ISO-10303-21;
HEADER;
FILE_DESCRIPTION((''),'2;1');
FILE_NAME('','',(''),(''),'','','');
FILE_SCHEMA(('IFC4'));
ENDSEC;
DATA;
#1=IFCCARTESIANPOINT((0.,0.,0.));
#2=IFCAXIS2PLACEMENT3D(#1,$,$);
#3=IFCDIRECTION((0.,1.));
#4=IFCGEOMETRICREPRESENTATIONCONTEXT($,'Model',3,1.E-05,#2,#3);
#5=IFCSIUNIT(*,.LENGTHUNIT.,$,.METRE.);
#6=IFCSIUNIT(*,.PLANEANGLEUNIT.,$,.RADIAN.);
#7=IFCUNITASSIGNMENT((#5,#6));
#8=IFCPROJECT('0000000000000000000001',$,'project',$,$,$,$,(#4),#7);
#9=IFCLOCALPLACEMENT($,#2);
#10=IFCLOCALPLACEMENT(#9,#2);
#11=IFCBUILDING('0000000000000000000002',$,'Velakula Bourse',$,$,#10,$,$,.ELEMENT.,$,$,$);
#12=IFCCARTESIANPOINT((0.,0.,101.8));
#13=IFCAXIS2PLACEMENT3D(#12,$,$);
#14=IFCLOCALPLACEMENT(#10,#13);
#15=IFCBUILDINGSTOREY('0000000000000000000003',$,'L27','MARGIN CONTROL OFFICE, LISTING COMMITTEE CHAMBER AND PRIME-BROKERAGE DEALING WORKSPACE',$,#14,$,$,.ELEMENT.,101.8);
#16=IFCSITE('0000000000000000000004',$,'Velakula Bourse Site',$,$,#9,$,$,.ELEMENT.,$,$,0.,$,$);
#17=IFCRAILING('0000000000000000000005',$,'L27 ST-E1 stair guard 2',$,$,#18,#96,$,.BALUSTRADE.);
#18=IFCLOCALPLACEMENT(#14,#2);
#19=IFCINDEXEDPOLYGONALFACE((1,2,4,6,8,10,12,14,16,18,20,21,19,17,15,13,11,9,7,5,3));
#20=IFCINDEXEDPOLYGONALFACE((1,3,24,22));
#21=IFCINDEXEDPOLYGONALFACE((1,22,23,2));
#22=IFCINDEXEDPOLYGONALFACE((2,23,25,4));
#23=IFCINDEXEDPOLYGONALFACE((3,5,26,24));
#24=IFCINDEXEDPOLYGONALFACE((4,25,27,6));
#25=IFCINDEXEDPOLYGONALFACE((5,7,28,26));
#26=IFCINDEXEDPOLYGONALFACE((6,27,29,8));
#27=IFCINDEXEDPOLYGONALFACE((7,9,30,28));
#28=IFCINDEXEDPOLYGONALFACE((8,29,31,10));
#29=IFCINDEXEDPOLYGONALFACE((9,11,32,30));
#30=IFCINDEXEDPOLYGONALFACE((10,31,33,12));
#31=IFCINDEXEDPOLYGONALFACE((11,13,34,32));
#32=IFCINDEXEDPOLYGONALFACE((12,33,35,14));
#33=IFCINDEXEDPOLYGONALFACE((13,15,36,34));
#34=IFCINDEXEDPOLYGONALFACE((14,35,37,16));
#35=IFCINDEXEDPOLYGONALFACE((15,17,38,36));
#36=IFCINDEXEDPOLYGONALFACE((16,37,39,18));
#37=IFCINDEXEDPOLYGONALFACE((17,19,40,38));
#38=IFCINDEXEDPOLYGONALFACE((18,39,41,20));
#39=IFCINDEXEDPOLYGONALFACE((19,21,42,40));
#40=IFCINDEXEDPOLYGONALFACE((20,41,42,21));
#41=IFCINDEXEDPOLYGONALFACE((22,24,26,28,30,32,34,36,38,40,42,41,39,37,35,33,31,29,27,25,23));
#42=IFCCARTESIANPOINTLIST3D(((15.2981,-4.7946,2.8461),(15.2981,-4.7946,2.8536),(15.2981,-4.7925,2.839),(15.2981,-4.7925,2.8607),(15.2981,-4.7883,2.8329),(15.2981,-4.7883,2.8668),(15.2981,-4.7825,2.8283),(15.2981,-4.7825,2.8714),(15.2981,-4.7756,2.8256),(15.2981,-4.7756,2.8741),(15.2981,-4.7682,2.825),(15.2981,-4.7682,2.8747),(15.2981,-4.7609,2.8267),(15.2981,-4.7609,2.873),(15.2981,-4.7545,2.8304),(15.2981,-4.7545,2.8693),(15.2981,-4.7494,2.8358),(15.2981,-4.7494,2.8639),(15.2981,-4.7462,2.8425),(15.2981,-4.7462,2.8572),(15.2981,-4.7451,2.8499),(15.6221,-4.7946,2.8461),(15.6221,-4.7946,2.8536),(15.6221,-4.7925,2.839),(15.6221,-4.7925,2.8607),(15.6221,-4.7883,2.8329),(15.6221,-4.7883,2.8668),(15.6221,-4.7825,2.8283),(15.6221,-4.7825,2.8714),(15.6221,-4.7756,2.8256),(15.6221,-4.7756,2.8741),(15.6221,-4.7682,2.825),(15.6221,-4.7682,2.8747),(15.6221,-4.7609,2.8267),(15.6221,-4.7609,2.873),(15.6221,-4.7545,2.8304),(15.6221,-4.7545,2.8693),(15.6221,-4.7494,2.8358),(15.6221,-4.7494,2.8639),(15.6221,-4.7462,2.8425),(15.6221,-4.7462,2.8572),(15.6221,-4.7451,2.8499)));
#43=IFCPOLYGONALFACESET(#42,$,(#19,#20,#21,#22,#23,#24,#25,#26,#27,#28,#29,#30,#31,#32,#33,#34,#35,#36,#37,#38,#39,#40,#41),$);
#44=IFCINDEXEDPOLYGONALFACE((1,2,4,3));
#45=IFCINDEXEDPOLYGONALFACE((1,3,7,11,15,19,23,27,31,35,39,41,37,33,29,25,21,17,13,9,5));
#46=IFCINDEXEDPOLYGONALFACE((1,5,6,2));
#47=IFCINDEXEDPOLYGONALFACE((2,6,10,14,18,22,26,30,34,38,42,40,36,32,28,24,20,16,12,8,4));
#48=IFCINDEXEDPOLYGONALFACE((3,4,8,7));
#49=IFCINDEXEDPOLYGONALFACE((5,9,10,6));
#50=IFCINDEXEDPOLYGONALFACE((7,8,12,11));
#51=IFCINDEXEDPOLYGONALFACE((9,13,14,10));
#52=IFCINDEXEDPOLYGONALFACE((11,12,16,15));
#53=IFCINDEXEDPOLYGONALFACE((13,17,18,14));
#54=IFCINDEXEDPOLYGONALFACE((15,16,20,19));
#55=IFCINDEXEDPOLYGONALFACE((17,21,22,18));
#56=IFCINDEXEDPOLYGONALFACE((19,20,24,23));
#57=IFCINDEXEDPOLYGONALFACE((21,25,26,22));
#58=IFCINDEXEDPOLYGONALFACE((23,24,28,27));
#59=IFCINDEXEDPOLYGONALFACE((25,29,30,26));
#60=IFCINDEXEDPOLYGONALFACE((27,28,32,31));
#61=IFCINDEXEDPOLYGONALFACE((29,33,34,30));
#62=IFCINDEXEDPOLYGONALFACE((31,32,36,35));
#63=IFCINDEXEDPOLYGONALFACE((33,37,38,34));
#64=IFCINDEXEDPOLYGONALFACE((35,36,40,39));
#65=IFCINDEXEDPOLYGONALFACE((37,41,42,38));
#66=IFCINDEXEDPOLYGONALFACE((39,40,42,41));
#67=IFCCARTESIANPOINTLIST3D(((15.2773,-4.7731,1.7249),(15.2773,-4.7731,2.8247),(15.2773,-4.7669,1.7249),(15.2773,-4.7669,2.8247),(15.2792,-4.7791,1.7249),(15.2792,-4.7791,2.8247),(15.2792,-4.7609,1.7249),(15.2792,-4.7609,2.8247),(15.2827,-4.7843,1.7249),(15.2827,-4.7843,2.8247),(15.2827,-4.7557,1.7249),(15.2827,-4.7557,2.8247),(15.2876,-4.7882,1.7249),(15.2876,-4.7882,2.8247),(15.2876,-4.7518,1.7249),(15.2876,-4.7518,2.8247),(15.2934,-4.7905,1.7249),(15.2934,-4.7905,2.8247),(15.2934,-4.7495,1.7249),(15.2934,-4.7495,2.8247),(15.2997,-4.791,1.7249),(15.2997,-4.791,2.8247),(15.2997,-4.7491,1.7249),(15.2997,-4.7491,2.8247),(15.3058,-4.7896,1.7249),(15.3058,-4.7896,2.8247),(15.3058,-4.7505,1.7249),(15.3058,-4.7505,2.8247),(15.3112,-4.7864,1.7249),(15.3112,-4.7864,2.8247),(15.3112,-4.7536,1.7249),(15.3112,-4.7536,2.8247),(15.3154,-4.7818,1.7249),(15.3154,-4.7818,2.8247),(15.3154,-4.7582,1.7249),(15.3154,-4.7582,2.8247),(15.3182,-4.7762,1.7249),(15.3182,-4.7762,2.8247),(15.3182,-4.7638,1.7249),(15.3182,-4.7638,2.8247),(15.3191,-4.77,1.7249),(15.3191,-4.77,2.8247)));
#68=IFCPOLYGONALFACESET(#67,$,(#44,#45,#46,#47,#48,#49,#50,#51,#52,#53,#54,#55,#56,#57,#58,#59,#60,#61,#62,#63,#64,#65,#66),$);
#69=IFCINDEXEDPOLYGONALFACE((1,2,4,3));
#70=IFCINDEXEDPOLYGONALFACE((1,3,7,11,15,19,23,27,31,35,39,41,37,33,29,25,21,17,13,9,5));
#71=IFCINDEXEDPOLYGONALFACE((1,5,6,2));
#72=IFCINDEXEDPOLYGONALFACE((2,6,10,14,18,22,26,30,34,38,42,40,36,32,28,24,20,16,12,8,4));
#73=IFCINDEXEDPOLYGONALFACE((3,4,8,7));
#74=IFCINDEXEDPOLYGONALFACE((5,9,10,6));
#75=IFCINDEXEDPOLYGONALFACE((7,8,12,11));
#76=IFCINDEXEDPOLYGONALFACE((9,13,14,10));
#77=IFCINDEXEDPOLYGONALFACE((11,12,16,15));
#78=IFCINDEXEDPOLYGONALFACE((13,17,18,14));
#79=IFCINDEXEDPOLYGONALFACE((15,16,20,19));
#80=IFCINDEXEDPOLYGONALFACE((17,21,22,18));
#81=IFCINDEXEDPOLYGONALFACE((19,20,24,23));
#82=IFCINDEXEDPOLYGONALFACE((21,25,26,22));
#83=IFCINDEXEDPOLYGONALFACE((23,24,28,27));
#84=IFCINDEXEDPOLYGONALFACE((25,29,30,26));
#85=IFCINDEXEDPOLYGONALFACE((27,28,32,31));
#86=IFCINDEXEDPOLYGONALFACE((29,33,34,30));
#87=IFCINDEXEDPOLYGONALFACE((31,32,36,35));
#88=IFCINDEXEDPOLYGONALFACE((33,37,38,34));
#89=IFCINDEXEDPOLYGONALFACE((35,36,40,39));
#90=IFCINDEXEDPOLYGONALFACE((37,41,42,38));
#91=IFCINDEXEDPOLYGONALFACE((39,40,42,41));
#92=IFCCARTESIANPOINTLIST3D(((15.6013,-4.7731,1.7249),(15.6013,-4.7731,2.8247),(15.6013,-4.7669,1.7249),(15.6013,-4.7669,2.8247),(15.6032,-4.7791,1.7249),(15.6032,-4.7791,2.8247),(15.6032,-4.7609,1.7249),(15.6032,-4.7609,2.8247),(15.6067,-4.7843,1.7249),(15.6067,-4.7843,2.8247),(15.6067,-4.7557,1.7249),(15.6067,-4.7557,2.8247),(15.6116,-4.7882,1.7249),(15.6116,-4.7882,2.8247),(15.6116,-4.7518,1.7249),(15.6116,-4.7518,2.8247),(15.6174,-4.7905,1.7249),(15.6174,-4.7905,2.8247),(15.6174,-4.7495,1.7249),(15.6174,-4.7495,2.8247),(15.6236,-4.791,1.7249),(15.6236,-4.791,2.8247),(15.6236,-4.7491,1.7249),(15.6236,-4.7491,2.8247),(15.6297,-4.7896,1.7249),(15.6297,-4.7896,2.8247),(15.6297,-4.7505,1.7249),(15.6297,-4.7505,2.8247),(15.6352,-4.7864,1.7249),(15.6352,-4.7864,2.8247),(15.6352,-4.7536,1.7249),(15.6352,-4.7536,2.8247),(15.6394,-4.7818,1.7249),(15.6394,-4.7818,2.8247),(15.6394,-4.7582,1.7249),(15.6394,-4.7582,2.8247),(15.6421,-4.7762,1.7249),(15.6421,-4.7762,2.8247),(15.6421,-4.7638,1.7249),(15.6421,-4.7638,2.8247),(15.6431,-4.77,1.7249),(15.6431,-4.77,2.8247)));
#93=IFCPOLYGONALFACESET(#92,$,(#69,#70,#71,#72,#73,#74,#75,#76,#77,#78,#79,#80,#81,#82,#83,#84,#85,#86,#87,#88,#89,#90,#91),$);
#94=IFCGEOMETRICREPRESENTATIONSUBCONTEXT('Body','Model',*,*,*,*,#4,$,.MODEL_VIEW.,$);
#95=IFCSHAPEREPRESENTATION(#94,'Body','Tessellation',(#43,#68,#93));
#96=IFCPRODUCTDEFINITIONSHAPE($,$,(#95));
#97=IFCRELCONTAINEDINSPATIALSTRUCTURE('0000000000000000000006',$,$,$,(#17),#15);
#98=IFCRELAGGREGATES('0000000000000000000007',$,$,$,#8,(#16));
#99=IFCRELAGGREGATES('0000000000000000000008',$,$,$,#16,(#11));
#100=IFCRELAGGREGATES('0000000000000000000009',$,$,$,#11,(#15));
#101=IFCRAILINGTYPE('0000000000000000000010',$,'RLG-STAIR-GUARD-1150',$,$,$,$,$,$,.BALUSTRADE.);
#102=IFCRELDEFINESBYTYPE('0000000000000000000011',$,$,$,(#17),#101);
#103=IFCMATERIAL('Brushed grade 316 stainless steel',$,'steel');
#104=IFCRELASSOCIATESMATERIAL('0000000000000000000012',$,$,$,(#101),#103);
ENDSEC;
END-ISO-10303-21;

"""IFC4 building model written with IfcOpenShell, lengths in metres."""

from ifc_helpers import new_model, si_unit, direction, frame, origin, origin_2d, place, context, subcontext, project, spatial, circle, extrude, material, type_object, element, save


model = new_model("IFC4")

# Units and contexts
model_context = context("Model", 3, precision=1e-05, world=origin(), true_north=direction((0.0, 1.0)))
body_context = subcontext(model_context, "Body", "Model", "MODEL_VIEW")
ifc_project = project(units=[si_unit("LENGTHUNIT", "METRE"), si_unit("PLANEANGLEUNIT", "RADIAN")], contexts=[model_context])

# Site, building, storey
site_placement = place(None, origin())
site = spatial("IfcSite", under=ifc_project, at=site_placement, Name="Velakula Bourse Site", CompositionType="ELEMENT", RefElevation=0.0)
building_placement = place(site_placement, origin())
building = spatial("IfcBuilding", under=site, at=building_placement, Name="Velakula Bourse", CompositionType="ELEMENT")
storey_placement = place(building_placement, frame((0.0, 0.0, 101.8)))
storey = spatial("IfcBuildingStorey", under=building, at=storey_placement, Name="L27", Description="MARGIN CONTROL OFFICE, LISTING COMMITTEE CHAMBER AND PRIME-BROKERAGE DEALING WORKSPACE", CompositionType="ELEMENT", Elevation=101.8)

# Shared definitions
ifc_material_1 = material(Name="Brushed grade 316 stainless steel", Category="steel")

# Railing
railing_type_1 = type_object("IfcRailingType", Name="RLG-STAIR-GUARD-1150", PredefinedType="BALUSTRADE", material=ifc_material_1)
railing_1_placement = place(storey_placement, frame((15.2981, -4.77, 1.7249)))
element("IfcRailing", 1, at=railing_1_placement, inside=storey, type_object=railing_type_1, Name="L27 ST-E1 stair guard 2", PredefinedType="BALUSTRADE", context=body_context, shape_type="SweptSolid", body=[
    extrude(circle(Radius=0.0249, at=origin_2d()), frame((0.0, 0.0, 1.125), z_axis=(1.0, 0.0, 0.0), x_axis=(0.0, 1.0, 0.0)), (0.0, 0.0, 1.0), 0.324),
    extrude(circle(Radius=0.021, at=origin_2d()), origin(), (0.0, 0.0, 1.0), 1.0999),
    extrude(circle(Radius=0.021, at=origin_2d()), frame((0.324, 0.0, 0.0)), (0.0, 0.0, 1.0), 1.0999),
])

save(model, "model.ifc")
